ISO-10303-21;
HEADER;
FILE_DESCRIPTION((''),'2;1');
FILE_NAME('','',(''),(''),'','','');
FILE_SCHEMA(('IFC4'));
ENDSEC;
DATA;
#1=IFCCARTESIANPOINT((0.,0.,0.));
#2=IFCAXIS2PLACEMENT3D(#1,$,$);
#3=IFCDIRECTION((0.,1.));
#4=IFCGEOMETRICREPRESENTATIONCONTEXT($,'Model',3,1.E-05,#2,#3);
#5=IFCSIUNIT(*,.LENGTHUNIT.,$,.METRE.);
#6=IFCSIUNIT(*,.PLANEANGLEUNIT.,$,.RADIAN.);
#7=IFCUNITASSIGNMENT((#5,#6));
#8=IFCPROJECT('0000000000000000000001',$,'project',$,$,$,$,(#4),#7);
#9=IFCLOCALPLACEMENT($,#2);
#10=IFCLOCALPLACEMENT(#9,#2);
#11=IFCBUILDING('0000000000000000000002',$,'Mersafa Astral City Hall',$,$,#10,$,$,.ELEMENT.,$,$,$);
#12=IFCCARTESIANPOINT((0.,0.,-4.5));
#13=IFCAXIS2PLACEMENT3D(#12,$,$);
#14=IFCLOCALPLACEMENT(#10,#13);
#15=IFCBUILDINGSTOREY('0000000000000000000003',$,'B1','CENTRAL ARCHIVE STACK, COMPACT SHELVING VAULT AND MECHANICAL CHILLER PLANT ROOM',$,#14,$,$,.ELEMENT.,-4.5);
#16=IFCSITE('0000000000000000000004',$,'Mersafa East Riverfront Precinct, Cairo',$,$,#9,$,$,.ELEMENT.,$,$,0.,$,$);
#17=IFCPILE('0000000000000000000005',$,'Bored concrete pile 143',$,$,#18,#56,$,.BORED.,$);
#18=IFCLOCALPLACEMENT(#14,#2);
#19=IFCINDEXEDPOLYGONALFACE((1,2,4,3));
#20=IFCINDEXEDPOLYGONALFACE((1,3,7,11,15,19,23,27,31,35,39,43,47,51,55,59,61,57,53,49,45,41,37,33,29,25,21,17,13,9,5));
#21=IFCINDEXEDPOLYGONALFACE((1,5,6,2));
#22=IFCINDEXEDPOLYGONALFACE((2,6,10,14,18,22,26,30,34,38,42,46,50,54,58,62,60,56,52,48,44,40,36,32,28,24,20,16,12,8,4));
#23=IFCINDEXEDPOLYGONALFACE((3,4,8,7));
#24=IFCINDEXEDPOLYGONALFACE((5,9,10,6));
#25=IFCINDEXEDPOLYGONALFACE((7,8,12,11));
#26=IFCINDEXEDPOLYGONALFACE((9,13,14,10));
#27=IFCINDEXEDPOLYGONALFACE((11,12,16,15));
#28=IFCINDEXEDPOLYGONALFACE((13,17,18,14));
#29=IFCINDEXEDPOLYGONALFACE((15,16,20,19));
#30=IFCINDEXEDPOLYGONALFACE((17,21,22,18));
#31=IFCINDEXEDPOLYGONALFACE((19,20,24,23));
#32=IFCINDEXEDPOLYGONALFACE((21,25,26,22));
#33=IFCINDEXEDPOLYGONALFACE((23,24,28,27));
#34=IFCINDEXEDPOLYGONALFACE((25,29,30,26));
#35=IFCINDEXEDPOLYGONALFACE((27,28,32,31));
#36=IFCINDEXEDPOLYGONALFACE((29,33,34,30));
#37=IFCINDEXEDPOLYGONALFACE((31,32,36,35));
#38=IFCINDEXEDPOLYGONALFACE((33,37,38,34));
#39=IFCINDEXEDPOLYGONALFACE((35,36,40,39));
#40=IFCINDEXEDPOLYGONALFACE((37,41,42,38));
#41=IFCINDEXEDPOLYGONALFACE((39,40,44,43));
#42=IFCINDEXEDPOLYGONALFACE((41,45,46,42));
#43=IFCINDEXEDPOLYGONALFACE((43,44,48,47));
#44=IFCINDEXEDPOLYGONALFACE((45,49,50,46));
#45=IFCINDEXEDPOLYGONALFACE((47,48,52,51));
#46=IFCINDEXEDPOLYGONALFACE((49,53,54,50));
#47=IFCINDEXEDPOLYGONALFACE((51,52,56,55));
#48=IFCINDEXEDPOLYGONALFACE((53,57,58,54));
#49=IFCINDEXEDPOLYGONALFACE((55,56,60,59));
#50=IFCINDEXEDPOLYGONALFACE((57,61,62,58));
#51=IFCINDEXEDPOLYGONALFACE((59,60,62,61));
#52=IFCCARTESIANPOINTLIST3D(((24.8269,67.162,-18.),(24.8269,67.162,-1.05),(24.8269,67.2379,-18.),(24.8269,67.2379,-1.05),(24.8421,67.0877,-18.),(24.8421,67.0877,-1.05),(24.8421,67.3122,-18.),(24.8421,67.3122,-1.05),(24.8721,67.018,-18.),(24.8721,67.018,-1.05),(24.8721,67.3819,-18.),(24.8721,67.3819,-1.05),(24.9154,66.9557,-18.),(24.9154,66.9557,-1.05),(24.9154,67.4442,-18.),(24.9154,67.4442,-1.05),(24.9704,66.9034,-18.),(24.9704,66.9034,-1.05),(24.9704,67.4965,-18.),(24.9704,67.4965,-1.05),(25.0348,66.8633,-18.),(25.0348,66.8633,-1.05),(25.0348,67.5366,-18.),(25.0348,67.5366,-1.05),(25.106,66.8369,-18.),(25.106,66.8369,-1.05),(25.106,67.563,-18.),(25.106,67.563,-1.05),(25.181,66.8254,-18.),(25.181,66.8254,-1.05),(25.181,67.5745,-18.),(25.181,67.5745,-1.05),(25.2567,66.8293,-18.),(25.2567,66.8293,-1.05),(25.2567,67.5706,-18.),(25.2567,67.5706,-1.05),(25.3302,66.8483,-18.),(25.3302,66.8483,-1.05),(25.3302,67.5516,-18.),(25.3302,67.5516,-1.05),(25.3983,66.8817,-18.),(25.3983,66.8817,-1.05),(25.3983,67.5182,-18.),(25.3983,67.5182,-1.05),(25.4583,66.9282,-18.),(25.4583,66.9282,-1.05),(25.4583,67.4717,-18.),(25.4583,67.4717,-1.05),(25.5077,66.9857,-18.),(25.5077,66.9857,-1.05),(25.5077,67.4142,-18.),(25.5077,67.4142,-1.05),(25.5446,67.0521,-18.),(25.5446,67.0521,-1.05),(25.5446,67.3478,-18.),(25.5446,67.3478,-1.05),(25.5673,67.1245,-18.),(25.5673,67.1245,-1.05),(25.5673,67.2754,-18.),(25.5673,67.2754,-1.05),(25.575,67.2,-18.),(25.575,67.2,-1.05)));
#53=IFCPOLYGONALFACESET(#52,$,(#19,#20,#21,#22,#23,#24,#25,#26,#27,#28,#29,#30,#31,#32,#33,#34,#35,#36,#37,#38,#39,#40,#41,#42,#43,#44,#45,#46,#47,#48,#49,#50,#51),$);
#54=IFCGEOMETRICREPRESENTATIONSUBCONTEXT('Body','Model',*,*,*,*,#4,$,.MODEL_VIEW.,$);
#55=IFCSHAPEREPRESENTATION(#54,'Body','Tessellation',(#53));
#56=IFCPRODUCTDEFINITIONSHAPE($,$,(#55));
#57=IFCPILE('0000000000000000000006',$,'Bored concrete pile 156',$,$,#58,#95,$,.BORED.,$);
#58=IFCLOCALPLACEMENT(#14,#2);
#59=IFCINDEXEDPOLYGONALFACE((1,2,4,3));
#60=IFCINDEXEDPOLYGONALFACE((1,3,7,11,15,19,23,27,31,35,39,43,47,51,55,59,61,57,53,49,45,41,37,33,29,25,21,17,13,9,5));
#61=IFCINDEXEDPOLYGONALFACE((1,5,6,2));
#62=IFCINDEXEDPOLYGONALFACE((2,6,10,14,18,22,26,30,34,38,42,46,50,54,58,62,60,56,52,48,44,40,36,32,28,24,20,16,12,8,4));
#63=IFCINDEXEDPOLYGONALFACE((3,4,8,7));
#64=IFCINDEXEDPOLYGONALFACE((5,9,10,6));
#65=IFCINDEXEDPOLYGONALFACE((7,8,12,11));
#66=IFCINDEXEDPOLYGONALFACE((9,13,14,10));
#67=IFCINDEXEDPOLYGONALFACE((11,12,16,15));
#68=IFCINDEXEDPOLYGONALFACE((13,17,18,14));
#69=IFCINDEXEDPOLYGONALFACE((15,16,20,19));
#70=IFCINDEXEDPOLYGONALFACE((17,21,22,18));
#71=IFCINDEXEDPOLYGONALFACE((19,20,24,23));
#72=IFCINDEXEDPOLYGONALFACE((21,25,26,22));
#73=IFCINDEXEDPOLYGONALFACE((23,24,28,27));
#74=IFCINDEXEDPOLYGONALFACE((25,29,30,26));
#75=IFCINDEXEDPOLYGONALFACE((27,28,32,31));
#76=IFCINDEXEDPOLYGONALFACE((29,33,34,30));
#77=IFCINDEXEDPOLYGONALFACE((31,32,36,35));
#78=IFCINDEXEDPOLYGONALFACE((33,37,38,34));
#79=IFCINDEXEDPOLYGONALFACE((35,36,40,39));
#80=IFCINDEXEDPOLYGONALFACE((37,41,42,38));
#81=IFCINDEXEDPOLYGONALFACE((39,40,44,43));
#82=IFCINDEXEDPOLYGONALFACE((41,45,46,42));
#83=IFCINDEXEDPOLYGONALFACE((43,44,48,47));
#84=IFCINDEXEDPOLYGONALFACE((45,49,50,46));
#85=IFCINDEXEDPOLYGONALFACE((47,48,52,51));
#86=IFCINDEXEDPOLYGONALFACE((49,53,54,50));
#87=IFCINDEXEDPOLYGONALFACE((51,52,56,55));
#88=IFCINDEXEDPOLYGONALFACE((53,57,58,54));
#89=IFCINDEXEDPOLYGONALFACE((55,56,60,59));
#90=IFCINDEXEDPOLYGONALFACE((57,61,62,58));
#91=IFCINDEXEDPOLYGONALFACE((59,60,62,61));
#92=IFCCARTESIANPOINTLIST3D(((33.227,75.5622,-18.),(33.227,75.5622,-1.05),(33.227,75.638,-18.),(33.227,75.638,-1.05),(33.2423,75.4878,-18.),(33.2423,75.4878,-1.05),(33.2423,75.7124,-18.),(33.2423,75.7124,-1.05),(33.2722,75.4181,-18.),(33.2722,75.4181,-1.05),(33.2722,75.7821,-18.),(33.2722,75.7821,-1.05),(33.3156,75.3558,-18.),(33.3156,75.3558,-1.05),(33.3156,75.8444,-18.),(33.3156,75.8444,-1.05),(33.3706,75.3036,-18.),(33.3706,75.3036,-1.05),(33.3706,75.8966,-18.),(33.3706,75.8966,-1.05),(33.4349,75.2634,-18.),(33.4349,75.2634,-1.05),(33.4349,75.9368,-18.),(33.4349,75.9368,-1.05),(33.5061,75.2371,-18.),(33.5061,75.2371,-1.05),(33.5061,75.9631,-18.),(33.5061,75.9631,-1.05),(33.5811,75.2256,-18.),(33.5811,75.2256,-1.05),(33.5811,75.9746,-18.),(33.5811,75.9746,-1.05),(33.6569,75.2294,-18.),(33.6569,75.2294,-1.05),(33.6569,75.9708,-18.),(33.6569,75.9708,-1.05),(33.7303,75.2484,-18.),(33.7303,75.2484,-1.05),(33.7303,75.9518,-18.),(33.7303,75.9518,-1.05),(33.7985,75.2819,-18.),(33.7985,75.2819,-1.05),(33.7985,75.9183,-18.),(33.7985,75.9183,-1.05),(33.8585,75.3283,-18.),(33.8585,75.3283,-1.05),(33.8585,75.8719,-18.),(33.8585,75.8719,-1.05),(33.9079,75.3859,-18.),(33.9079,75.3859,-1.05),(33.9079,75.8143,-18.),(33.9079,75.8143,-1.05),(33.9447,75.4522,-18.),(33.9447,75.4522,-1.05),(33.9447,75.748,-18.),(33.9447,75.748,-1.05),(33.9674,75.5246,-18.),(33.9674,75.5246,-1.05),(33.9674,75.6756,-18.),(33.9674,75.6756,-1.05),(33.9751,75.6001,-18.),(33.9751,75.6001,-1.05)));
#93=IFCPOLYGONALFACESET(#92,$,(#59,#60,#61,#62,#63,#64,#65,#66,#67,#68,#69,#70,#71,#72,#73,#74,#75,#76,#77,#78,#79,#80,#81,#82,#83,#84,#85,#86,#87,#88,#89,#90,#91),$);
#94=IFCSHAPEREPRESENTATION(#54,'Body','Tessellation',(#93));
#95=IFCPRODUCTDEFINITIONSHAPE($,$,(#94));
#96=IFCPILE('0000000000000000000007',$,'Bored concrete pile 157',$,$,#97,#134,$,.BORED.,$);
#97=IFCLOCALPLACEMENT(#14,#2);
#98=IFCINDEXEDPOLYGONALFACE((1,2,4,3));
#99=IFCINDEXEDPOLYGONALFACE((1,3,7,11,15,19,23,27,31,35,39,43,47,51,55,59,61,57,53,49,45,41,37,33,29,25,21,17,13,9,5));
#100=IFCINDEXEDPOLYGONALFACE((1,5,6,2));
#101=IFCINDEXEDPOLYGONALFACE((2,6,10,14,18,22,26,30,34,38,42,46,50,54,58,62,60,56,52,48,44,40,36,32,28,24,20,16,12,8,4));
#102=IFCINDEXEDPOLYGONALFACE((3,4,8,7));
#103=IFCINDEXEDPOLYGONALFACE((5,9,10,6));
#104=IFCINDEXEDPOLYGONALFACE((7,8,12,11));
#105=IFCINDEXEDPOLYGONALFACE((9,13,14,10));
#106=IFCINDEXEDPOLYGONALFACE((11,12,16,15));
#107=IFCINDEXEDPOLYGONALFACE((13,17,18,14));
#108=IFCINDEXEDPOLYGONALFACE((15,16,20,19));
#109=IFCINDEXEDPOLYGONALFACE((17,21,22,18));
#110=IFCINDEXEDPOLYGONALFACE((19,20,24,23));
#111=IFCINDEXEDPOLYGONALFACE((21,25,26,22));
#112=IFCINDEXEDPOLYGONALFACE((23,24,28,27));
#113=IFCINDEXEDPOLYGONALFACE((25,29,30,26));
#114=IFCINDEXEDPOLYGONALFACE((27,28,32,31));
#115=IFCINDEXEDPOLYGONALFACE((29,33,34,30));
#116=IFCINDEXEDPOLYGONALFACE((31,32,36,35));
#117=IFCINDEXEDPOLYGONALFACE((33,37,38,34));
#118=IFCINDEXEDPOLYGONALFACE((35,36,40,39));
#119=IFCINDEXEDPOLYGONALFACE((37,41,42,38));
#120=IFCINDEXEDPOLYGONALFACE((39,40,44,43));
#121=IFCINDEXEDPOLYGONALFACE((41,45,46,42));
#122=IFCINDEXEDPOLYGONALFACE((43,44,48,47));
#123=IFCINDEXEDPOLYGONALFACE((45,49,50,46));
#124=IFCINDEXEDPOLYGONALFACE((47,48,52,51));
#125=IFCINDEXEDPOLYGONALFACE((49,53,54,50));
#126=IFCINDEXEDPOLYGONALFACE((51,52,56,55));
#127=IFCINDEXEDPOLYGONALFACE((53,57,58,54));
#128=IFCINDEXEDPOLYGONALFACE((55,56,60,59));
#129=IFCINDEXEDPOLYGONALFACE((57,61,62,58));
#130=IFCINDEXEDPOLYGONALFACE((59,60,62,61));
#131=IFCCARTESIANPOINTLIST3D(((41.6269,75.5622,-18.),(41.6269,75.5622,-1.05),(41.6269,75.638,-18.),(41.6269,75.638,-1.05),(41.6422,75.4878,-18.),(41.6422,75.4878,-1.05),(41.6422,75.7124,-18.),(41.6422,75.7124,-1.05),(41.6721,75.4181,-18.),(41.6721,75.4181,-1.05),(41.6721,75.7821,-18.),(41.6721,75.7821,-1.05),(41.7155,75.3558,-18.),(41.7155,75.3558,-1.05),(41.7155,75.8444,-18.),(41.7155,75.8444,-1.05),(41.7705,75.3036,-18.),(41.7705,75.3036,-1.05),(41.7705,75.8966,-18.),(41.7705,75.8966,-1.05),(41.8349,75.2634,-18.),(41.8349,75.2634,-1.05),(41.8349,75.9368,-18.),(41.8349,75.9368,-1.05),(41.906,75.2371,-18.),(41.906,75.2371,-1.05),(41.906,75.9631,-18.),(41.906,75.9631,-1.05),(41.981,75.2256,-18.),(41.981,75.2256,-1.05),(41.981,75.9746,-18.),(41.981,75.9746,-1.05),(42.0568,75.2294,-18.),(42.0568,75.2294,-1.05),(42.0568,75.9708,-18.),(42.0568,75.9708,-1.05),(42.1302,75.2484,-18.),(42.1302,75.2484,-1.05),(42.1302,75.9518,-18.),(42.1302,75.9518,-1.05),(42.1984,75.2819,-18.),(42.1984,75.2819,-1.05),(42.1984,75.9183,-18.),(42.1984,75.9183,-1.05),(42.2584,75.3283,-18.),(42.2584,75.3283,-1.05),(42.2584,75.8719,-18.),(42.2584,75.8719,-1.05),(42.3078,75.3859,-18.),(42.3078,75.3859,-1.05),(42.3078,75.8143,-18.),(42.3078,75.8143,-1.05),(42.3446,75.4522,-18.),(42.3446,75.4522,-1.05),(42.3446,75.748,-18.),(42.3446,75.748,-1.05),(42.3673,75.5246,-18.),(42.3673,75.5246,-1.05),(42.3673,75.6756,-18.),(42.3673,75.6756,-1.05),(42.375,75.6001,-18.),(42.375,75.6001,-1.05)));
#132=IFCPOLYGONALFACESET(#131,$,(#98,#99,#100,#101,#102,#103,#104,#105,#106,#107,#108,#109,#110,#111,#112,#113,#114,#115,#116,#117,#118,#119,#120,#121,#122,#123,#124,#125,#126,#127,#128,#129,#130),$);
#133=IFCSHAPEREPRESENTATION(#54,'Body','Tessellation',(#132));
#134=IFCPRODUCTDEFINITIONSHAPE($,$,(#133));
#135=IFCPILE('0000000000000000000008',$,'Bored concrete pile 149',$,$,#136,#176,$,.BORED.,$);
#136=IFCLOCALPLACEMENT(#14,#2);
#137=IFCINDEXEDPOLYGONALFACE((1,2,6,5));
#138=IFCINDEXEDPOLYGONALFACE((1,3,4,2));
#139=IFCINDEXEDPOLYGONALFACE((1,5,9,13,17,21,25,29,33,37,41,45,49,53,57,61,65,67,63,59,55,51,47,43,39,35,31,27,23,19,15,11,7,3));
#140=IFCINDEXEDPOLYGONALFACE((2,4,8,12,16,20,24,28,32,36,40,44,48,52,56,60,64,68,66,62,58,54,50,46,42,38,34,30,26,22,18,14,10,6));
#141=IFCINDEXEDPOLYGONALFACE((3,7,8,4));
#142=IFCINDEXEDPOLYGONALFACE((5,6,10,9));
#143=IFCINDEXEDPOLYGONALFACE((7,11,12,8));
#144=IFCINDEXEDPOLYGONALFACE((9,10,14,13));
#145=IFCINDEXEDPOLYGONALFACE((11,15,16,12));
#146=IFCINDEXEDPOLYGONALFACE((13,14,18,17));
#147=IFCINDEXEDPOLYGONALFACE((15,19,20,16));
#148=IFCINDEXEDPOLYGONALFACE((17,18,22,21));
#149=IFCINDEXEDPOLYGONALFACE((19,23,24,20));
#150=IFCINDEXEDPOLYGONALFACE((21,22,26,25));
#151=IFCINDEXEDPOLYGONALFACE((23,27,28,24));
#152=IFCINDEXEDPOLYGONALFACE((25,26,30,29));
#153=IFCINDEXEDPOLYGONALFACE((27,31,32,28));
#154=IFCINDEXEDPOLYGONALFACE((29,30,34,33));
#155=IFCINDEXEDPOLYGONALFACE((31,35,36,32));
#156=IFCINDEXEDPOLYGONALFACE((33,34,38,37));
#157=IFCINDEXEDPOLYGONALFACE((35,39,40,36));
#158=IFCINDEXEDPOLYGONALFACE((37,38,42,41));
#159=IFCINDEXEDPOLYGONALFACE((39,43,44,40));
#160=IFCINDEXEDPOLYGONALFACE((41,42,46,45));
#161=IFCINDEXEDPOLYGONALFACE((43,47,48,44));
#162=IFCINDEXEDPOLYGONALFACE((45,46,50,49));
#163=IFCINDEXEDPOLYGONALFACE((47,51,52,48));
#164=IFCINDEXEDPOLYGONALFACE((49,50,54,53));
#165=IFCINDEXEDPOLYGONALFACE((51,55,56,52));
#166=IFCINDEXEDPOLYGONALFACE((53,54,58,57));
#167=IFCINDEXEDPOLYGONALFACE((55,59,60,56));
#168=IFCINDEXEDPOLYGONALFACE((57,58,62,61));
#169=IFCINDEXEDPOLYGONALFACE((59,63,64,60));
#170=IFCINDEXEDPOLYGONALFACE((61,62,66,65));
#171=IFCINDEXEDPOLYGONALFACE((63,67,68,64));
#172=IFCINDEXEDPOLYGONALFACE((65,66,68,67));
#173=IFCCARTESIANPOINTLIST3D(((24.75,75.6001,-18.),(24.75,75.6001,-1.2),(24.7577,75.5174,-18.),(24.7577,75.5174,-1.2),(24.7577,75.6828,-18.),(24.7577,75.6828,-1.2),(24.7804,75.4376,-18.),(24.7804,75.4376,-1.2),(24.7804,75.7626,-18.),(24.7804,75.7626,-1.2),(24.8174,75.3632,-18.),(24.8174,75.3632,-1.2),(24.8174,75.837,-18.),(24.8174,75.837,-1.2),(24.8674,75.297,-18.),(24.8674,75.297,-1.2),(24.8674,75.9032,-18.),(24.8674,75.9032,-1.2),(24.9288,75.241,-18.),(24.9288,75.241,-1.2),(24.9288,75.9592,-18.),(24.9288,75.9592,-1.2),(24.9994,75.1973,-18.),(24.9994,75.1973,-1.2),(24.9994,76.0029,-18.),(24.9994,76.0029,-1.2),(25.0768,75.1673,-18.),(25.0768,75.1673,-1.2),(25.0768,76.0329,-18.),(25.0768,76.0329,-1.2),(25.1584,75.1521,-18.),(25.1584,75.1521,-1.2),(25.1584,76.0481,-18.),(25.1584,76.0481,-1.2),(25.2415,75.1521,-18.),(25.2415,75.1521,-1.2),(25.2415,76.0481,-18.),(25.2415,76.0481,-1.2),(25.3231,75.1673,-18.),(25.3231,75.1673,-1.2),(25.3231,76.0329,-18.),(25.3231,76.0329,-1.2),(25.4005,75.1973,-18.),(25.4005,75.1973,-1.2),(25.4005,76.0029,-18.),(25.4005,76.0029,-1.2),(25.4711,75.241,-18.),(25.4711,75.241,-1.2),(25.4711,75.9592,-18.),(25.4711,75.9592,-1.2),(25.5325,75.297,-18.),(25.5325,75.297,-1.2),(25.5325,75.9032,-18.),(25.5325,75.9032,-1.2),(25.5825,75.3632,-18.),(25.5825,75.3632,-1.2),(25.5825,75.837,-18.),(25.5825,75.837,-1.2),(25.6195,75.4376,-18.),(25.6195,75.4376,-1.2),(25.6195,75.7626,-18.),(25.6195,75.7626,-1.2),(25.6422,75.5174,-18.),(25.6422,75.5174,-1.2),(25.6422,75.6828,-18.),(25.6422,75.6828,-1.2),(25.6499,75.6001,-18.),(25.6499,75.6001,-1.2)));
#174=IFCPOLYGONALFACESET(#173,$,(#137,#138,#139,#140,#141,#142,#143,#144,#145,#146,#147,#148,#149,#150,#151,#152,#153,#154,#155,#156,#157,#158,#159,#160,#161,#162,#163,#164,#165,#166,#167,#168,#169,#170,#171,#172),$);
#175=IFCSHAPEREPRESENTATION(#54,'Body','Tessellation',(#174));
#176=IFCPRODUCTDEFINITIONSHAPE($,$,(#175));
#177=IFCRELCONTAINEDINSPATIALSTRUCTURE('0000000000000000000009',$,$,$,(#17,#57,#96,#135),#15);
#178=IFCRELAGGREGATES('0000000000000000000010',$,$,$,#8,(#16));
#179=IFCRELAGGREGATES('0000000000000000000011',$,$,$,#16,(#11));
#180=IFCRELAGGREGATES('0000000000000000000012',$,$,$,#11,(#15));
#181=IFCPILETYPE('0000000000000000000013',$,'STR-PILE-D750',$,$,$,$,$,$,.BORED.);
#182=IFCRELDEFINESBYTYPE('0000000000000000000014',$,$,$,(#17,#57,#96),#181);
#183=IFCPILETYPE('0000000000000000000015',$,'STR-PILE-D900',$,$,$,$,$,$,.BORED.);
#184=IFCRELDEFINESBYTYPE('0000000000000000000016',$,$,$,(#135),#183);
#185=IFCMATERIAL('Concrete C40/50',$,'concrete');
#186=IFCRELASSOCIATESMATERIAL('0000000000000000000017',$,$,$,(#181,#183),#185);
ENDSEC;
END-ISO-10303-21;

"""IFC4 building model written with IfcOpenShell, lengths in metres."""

from ifc_helpers import new_model, si_unit, direction, frame, origin, origin_2d, place, context, subcontext, project, spatial, circle, extrude, material, material_profile, profile_set, type_object, element, save


model = new_model("IFC4")

# Units and contexts
model_context = context("Model", 3, precision=1e-05, world=origin(), true_north=direction((0.0, 1.0)))
body_context = subcontext(model_context, "Body", "Model", "MODEL_VIEW")
ifc_project = project(units=[si_unit("LENGTHUNIT", "METRE"), si_unit("PLANEANGLEUNIT", "RADIAN")], contexts=[model_context])

# Site, building, storey
site_placement = place(None, origin())
site = spatial("IfcSite", under=ifc_project, at=site_placement, Name="Mersafa East Riverfront Precinct, Cairo", CompositionType="ELEMENT", RefElevation=0.0)
building_placement = place(site_placement, origin())
building = spatial("IfcBuilding", under=site, at=building_placement, Name="Mersafa Astral City Hall", CompositionType="ELEMENT")
storey_placement = place(building_placement, frame((0.0, 0.0, -4.5)))
storey = spatial("IfcBuildingStorey", under=building, at=storey_placement, Name="B1", Description="CENTRAL ARCHIVE STACK, COMPACT SHELVING VAULT AND MECHANICAL CHILLER PLANT ROOM", CompositionType="ELEMENT", Elevation=-4.5)

# Shared definitions
ifc_material_1 = material(Name="Concrete C40/50", Category="concrete")

# Piles
ifc_material_profile_1 = material_profile(ifc_material_1, circle(Radius=0.375, at=origin_2d()), Name="PILE D750")
ifc_profile_set_1 = profile_set([ifc_material_profile_1], Name="Concrete C40/50")
pile_type_1 = type_object("IfcPileType", Name="STR-PILE-D750", PredefinedType="BORED", material=ifc_profile_set_1)
for number, where, z_axis, x_axis, name in (
    (1, (25.2, 67.2, -1.05), (0.0, 0.0, -1.0), (1.0, 0.0, 0.0), "Bored concrete pile 143"),
    (2, (33.6001, 75.6001, -1.05), (0.0, 0.0, -1.0), (1.0, 0.0, 0.0), "Bored concrete pile 156"),
    (3, (42.0, 75.6001, -1.05), (0.0, 0.0, -1.0), (1.0, 0.0, 0.0), "Bored concrete pile 157"),
):
    element("IfcPile", number, at=place(storey_placement, frame(where, z_axis=z_axis, x_axis=x_axis)), inside=storey, type_object=pile_type_1, Name=name, PredefinedType="BORED", context=body_context, shape_type="SweptSolid", body=[
        extrude(circle(Radius=0.375, at=origin_2d()), origin(), (0.0, 0.0, 1.0), 16.95),
    ])
ifc_material_profile_2 = material_profile(ifc_material_1, circle(Radius=0.45, at=origin_2d()), Name="PILE D900")
ifc_profile_set_2 = profile_set([ifc_material_profile_2], Name="Concrete C40/50")
pile_type_2 = type_object("IfcPileType", Name="STR-PILE-D900", PredefinedType="BORED", material=ifc_profile_set_2)
pile_placement = place(storey_placement, frame((25.2, 75.6001, -1.2), z_axis=(0.0, 0.0, -1.0), x_axis=(1.0, 0.0, 0.0)))
element("IfcPile", 4, at=pile_placement, inside=storey, type_object=pile_type_2, Name="Bored concrete pile 149", PredefinedType="BORED", context=body_context, shape_type="SweptSolid", body=[
    extrude(circle(Radius=0.45, at=origin_2d()), origin(), (0.0, 0.0, 1.0), 16.8),
])

save(model, "model.ifc")
